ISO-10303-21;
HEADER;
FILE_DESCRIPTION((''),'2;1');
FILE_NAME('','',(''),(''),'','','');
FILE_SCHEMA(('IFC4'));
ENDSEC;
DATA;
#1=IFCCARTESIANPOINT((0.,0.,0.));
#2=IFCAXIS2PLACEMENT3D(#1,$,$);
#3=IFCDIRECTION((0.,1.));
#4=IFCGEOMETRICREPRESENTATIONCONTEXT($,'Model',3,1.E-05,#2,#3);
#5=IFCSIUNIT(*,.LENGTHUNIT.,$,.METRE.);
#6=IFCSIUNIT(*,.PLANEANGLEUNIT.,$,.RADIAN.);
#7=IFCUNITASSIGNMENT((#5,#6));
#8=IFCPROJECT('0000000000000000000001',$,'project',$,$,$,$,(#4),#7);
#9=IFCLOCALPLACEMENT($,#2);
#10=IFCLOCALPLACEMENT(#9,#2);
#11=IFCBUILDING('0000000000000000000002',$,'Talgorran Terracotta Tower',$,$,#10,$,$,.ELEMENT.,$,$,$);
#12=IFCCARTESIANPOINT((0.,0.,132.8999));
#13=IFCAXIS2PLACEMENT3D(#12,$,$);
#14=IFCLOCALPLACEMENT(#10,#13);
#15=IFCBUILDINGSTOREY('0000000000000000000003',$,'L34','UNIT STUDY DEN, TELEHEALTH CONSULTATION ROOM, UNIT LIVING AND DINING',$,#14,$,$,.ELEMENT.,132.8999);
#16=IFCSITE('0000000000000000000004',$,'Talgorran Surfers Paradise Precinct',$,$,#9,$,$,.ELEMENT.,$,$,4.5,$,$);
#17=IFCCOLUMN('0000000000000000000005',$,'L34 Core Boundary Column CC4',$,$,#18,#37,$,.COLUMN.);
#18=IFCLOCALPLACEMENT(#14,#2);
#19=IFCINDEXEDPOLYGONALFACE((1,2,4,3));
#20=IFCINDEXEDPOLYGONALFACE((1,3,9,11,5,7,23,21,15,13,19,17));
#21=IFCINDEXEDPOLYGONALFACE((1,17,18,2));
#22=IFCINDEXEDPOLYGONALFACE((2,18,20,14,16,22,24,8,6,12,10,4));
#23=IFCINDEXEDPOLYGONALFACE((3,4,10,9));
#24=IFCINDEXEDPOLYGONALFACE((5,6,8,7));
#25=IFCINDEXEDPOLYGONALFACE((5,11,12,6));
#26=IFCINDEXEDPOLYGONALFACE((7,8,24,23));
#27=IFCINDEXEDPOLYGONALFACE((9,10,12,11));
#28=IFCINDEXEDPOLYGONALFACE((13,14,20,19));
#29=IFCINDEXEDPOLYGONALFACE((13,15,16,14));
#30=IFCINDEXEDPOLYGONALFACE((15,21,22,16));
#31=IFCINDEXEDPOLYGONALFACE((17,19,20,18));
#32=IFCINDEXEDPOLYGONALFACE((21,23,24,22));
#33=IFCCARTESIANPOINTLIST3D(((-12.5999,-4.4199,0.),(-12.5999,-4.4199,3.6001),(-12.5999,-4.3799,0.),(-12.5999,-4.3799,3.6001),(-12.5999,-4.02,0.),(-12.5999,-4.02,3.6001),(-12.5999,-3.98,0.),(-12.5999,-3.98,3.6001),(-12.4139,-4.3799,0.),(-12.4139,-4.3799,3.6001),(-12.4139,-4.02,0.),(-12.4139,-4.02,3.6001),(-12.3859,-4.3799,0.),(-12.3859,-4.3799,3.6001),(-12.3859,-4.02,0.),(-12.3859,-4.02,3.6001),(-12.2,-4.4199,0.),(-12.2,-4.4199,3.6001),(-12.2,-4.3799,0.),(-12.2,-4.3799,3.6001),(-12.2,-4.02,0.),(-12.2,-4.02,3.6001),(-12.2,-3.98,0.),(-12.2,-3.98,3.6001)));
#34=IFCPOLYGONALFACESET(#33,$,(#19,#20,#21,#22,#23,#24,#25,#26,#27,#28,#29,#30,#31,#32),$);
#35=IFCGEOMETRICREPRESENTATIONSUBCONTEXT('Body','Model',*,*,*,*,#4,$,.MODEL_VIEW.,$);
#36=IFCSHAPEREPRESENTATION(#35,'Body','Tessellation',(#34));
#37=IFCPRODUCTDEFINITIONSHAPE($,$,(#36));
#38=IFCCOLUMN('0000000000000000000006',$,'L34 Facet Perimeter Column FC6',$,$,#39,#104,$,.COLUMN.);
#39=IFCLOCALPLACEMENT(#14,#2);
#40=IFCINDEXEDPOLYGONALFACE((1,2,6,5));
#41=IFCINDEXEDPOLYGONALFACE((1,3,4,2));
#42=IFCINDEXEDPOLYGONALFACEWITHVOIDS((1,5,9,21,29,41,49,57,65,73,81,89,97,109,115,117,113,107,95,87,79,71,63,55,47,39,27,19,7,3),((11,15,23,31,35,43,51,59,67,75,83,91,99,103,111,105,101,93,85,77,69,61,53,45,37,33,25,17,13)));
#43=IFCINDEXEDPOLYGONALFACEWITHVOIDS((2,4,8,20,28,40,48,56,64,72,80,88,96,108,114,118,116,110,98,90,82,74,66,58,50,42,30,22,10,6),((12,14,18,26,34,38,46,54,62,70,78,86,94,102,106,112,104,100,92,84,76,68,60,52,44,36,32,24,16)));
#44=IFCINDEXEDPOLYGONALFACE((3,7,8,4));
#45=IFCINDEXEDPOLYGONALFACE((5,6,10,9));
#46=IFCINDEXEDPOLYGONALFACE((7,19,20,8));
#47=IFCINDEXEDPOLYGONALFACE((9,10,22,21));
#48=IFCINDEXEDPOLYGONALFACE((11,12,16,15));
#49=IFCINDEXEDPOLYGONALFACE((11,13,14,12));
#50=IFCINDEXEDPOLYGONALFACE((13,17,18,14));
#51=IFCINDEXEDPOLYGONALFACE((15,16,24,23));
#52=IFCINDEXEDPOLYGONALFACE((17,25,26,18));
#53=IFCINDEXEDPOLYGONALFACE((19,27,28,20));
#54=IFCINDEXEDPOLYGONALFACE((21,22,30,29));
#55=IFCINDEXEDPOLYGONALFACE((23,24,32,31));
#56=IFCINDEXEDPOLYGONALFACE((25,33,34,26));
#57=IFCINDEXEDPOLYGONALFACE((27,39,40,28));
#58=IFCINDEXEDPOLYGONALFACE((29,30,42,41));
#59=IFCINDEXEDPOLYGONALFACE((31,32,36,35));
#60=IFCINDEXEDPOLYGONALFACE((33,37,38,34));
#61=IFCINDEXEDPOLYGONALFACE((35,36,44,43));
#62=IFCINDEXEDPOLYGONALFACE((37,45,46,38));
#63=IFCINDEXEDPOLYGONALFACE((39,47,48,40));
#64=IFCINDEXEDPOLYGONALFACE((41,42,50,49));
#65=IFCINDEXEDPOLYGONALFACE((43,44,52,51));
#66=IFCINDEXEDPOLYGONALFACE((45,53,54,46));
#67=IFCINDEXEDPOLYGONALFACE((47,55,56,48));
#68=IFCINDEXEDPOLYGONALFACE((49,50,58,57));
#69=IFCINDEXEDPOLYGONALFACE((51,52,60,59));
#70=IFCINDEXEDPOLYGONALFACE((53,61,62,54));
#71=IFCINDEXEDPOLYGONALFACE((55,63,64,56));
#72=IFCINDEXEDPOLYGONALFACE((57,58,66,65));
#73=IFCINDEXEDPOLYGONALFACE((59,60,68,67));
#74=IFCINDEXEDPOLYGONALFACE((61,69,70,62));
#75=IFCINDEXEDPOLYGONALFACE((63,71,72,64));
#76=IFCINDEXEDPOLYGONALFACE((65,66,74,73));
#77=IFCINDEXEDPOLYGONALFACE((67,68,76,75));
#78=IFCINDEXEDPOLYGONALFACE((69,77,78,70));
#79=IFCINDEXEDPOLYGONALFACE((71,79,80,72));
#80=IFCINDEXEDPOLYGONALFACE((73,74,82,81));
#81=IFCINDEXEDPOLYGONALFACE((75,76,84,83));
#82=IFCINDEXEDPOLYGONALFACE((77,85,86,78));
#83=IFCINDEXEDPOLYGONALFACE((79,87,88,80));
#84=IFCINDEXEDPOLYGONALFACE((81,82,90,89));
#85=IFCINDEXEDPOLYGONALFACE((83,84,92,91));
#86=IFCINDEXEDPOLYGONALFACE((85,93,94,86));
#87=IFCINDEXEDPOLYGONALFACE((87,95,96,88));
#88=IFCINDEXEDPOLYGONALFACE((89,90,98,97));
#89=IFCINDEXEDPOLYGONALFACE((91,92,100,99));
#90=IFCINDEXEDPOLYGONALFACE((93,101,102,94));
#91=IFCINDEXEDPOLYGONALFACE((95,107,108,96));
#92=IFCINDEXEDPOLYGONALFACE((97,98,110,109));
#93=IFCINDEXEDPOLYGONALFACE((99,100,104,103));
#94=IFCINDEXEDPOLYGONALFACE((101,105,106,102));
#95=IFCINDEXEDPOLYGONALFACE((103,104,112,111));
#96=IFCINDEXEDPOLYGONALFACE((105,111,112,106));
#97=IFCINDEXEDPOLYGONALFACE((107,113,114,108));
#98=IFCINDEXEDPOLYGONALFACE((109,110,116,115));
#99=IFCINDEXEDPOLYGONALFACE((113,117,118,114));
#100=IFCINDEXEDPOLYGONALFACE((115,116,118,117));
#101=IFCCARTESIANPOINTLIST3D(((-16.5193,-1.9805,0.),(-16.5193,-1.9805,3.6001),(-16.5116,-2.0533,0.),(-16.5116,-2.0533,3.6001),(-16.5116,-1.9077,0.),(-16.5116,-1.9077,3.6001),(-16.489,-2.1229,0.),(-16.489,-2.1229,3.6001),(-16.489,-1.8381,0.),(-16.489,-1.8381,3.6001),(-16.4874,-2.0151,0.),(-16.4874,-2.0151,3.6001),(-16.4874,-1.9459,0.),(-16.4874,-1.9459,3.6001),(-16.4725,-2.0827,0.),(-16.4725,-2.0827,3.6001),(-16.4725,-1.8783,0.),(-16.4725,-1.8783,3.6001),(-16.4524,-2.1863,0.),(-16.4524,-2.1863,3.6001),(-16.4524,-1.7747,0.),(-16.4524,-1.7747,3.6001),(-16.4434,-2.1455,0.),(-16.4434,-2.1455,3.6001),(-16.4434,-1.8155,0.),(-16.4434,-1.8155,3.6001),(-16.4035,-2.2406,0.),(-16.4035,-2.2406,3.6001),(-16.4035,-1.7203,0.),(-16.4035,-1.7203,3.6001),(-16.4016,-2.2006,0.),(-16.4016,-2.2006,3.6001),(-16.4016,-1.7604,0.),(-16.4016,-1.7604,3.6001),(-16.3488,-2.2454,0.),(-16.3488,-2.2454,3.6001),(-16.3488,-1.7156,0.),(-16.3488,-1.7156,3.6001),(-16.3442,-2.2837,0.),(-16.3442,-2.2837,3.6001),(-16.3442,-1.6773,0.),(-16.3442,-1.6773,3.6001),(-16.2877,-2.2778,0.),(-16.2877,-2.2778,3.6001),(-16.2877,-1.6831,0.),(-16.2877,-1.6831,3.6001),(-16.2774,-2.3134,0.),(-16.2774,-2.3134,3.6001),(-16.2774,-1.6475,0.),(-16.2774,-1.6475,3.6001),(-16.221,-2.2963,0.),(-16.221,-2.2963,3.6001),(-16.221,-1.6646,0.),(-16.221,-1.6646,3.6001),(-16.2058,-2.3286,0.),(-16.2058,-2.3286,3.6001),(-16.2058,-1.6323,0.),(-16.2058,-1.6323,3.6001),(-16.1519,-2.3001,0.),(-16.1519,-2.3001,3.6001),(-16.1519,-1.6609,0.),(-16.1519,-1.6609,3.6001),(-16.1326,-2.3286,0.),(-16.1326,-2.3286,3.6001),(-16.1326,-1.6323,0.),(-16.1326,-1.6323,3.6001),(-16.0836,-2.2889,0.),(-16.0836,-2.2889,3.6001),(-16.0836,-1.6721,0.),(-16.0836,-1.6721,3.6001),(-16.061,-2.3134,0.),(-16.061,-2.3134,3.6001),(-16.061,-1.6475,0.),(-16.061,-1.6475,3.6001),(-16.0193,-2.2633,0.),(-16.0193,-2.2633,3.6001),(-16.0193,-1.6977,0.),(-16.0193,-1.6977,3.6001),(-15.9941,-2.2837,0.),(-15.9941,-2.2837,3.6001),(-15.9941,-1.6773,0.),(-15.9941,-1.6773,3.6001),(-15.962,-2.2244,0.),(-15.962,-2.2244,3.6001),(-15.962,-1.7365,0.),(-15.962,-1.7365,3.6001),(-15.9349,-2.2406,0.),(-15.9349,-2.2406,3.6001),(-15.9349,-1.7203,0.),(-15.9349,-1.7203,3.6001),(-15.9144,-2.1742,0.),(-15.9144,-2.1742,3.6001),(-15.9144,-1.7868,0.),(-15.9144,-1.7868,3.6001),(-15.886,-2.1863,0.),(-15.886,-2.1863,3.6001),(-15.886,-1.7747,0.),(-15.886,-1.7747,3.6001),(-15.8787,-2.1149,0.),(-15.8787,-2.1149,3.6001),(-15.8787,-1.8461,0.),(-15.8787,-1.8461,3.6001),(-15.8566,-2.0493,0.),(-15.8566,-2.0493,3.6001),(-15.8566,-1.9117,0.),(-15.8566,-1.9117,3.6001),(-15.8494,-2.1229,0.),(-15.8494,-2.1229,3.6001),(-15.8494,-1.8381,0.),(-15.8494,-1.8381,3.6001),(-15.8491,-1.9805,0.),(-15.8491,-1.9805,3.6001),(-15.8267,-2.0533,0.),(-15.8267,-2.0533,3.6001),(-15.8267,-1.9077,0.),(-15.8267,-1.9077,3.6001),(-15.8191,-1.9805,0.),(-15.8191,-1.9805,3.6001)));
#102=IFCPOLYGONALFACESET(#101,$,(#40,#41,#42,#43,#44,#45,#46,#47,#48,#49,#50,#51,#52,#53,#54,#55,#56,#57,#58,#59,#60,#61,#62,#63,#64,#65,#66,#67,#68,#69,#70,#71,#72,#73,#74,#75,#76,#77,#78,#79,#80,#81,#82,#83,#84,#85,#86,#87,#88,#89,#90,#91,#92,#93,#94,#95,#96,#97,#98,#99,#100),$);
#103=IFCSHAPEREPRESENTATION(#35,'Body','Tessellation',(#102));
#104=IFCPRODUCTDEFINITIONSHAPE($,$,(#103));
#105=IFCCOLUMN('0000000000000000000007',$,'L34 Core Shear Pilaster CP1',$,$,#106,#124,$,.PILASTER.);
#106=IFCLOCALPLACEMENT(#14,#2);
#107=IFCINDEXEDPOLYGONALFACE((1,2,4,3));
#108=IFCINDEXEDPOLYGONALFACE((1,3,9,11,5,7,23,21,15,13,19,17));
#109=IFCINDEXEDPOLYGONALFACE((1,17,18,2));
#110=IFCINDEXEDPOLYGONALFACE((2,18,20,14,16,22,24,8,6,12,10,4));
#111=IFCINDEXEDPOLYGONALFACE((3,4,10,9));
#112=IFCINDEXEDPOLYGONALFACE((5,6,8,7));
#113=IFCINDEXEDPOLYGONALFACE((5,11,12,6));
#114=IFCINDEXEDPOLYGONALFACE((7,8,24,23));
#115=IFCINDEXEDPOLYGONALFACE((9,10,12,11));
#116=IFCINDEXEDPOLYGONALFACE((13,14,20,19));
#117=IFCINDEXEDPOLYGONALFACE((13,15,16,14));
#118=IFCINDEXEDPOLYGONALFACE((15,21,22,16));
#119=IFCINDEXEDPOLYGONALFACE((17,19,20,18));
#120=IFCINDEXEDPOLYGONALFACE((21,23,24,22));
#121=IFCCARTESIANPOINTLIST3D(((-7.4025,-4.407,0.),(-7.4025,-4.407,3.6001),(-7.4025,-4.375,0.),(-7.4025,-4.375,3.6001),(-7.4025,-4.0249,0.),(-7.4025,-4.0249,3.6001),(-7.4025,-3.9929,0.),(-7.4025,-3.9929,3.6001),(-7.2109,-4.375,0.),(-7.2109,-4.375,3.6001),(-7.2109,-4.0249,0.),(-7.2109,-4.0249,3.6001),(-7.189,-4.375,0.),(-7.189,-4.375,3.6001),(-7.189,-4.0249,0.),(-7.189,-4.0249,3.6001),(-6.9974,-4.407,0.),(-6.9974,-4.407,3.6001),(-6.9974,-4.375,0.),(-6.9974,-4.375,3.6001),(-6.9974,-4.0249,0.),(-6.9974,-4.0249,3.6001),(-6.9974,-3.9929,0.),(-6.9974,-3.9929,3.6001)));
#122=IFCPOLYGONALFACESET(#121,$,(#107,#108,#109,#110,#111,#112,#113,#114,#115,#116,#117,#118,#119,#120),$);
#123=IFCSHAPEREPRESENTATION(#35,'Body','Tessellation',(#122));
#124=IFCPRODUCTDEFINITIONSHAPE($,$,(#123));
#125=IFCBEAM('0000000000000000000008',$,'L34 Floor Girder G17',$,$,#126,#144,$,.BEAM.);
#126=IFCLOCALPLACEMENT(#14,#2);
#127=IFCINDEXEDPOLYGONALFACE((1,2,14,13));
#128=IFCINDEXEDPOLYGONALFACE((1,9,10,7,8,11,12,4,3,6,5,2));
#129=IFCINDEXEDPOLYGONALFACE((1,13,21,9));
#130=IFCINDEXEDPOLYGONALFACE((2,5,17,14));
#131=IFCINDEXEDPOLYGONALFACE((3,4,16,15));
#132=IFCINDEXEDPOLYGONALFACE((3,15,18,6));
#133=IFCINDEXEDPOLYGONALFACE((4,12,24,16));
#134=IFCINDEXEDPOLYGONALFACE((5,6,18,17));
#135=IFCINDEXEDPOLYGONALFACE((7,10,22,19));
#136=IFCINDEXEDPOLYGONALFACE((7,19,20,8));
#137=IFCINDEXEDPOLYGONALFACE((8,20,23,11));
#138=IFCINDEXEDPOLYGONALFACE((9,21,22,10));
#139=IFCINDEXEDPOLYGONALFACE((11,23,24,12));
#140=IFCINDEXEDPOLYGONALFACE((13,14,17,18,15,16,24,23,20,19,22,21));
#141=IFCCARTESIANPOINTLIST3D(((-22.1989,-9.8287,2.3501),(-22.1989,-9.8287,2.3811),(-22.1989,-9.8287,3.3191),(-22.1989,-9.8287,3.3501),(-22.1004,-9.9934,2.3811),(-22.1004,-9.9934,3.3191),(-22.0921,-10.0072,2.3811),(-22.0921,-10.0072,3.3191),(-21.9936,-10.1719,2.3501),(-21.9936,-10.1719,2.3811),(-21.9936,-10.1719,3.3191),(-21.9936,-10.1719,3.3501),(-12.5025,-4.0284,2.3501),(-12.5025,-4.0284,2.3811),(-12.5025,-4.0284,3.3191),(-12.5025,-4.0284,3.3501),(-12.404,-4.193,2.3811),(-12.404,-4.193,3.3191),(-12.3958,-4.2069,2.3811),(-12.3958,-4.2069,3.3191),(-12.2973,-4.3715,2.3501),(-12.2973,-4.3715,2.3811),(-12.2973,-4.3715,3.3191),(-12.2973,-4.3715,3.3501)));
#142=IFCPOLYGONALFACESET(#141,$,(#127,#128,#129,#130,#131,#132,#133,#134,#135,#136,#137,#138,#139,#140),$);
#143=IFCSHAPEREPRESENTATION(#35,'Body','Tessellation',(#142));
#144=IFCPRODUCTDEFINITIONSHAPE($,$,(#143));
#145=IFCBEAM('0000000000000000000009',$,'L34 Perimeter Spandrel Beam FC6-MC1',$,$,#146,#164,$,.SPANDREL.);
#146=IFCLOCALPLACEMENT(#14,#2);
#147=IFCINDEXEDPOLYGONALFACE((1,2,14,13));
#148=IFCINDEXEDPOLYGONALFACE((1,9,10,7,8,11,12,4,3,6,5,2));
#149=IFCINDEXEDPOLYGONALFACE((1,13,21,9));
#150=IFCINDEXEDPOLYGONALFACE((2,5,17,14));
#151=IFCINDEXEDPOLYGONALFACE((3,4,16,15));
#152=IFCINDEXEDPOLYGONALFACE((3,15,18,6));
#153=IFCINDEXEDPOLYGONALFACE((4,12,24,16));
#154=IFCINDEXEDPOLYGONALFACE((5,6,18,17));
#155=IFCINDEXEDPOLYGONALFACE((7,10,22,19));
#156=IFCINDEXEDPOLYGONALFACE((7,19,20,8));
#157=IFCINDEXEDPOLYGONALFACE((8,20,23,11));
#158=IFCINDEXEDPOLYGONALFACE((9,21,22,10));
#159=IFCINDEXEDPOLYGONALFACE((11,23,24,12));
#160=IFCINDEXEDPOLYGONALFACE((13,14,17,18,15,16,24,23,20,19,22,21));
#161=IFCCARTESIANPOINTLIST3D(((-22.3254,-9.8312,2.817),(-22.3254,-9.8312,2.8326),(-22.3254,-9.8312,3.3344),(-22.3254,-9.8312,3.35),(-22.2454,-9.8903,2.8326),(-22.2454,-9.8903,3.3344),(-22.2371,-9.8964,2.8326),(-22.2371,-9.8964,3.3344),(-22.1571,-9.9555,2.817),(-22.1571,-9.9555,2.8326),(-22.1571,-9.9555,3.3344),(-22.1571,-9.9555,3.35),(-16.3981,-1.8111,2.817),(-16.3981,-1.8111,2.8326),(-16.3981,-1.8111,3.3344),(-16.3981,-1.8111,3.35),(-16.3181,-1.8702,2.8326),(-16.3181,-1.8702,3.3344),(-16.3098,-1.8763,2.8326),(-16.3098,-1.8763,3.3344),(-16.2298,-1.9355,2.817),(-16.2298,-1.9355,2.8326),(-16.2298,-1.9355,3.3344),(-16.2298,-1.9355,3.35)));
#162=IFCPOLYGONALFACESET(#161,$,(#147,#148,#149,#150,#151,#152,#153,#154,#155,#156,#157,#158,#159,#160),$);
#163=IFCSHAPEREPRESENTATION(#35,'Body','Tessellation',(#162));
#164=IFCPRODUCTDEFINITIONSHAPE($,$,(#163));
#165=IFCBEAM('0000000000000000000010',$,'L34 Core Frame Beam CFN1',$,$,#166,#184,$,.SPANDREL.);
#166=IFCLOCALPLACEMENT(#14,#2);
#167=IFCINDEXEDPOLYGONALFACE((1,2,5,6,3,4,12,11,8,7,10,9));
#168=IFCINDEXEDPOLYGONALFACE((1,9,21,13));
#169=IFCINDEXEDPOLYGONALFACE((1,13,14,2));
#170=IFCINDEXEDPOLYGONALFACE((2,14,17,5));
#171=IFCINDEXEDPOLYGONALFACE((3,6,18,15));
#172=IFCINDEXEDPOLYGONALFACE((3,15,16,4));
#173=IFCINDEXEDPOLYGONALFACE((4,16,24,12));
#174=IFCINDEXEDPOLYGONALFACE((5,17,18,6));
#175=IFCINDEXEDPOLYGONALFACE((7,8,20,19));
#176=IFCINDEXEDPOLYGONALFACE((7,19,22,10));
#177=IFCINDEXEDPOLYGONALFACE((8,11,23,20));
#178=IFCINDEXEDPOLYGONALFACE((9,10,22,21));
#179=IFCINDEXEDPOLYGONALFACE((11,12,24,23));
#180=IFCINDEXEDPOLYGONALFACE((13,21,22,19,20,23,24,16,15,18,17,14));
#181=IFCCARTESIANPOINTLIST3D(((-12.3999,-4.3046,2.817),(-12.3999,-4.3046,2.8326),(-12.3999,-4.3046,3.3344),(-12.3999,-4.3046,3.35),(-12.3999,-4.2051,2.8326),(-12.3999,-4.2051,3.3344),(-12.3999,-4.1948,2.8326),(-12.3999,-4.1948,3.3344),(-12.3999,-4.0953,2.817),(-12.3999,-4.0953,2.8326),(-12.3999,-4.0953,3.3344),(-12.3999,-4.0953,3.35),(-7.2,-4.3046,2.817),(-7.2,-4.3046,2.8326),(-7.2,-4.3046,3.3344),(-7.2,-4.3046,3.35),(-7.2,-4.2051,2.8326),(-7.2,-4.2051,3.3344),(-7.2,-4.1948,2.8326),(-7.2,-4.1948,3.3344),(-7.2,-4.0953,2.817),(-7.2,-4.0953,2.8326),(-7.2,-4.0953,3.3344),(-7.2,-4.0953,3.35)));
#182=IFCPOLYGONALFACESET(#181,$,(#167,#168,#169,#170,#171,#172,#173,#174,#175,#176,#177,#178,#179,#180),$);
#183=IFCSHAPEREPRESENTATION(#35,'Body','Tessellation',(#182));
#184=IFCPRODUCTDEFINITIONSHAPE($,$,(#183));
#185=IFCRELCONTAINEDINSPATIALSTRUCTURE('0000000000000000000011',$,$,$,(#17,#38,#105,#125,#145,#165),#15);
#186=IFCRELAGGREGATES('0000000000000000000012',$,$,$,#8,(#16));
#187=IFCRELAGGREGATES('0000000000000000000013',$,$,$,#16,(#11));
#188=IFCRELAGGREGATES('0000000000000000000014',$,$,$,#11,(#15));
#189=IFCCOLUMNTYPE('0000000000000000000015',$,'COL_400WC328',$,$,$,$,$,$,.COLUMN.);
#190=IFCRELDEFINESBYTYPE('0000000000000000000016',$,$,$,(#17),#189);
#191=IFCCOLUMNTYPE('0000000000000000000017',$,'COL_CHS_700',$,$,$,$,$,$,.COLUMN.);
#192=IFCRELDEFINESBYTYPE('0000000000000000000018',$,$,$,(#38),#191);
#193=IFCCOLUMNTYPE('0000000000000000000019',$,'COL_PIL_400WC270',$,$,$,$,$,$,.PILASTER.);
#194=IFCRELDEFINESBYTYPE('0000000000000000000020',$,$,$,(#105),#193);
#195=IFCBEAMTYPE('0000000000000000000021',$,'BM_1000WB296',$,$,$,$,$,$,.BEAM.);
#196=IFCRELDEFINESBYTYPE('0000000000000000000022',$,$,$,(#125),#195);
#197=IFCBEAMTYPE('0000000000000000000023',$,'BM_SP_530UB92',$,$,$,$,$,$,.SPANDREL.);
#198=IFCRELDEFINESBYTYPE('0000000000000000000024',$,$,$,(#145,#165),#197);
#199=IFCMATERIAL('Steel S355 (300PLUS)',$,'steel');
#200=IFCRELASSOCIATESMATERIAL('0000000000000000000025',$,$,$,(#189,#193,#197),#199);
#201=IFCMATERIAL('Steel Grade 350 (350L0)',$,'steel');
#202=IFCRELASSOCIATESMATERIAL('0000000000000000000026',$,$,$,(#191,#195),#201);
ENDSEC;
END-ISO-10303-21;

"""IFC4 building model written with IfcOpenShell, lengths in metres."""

from ifc_helpers import new_model, si_unit, direction, frame, origin, origin_2d, place, context, subcontext, project, spatial, hollow_circle, i_section, extrude, material, material_profile, profile_set, type_object, element, save


model = new_model("IFC4")

# Units and contexts
model_context = context("Model", 3, precision=1e-05, world=origin(), true_north=direction((0.0, 1.0)))
body_context = subcontext(model_context, "Body", "Model", "MODEL_VIEW")
ifc_project = project(units=[si_unit("LENGTHUNIT", "METRE"), si_unit("PLANEANGLEUNIT", "RADIAN")], contexts=[model_context])

# Site, building, storey
site_placement = place(None, origin())
site = spatial("IfcSite", under=ifc_project, at=site_placement, Name="Talgorran Surfers Paradise Precinct", CompositionType="ELEMENT", RefElevation=4.5)
building_placement = place(site_placement, origin())
building = spatial("IfcBuilding", under=site, at=building_placement, Name="Talgorran Terracotta Tower", CompositionType="ELEMENT")
storey_placement = place(building_placement, frame((0.0, 0.0, 132.8999)))
storey = spatial("IfcBuildingStorey", under=building, at=storey_placement, Name="L34", Description="UNIT STUDY DEN, TELEHEALTH CONSULTATION ROOM, UNIT LIVING AND DINING", CompositionType="ELEMENT", Elevation=132.8999)

# Columns
ifc_material_1 = material(Name="Steel S355 (300PLUS)", Category="steel")
ifc_material_profile_1 = material_profile(ifc_material_1, i_section(OverallWidth=0.3999, OverallDepth=0.4399, WebThickness=0.0281, FlangeThickness=0.04, at=origin_2d()), Name="400WC328")
ifc_profile_set_1 = profile_set([ifc_material_profile_1], Name="Steel S355 (300PLUS)")
column_type_1 = type_object("IfcColumnType", Name="COL_400WC328", PredefinedType="COLUMN", material=ifc_profile_set_1)
column_1_placement = place(storey_placement, frame((-12.3999, -4.2, 0.0), z_axis=(0.0, 0.0, 1.0), x_axis=(1.0, 0.0, 0.0)))
element("IfcColumn", 1, at=column_1_placement, inside=storey, type_object=column_type_1, Name="L34 Core Boundary Column CC4", PredefinedType="COLUMN", context=body_context, shape_type="SweptSolid", body=[
    extrude(i_section(OverallWidth=0.3999, OverallDepth=0.4399, WebThickness=0.0281, FlangeThickness=0.04, at=origin_2d()), origin(), (0.0, 0.0, 1.0), 3.6001),
])
ifc_material_2 = material(Name="Steel Grade 350 (350L0)", Category="steel")
ifc_material_profile_2 = material_profile(ifc_material_2, hollow_circle(Radius=0.3501, WallThickness=0.03, at=origin_2d()), Name="CHS700X30")
ifc_profile_set_2 = profile_set([ifc_material_profile_2], Name="Steel Grade 350 (350L0)")
column_type_2 = type_object("IfcColumnType", Name="COL_CHS_700", PredefinedType="COLUMN", material=ifc_profile_set_2)
column_2_placement = place(storey_placement, frame((-16.1692, -1.9805, 0.0), z_axis=(0.0, 0.0, 1.0), x_axis=(1.0, 0.0, 0.0)))
element("IfcColumn", 2, at=column_2_placement, inside=storey, type_object=column_type_2, Name="L34 Facet Perimeter Column FC6", PredefinedType="COLUMN", context=body_context, shape_type="SweptSolid", body=[
    extrude(hollow_circle(Radius=0.3501, WallThickness=0.03, at=origin_2d()), origin(), (0.0, 0.0, 1.0), 3.6001),
])
ifc_material_profile_3 = material_profile(ifc_material_1, i_section(OverallWidth=0.405, OverallDepth=0.4141, WebThickness=0.022, FlangeThickness=0.032, at=origin_2d()), Name="400WC270")
ifc_profile_set_3 = profile_set([ifc_material_profile_3], Name="Steel S355 (300PLUS)")
column_type_3 = type_object("IfcColumnType", Name="COL_PIL_400WC270", PredefinedType="PILASTER", material=ifc_profile_set_3)
column_3_placement = place(storey_placement, frame((-7.2, -4.2, 0.0), z_axis=(0.0, 0.0, 1.0), x_axis=(1.0, 0.0, 0.0)))
element("IfcColumn", 3, at=column_3_placement, inside=storey, type_object=column_type_3, Name="L34 Core Shear Pilaster CP1", PredefinedType="PILASTER", context=body_context, shape_type="SweptSolid", body=[
    extrude(i_section(OverallWidth=0.405, OverallDepth=0.4141, WebThickness=0.022, FlangeThickness=0.032, at=origin_2d()), origin(), (0.0, 0.0, 1.0), 3.6001),
])

# Beams
ifc_material_profile_4 = material_profile(ifc_material_2, i_section(OverallWidth=0.3999, OverallDepth=1.0, WebThickness=0.0161, FlangeThickness=0.031, at=origin_2d()), Name="1000WB296")
ifc_profile_set_4 = profile_set([ifc_material_profile_4], Name="Steel Grade 350 (350L0)")
beam_type_1 = type_object("IfcBeamType", Name="BM_1000WB296", PredefinedType="BEAM", material=ifc_profile_set_4)
beam_1_placement = place(storey_placement, frame((-12.3999, -4.2, 2.8501), z_axis=(-0.858175, -0.513358, 0.0), x_axis=(0.513358, -0.858175, 0.0)))
element("IfcBeam", 4, at=beam_1_placement, inside=storey, type_object=beam_type_1, Name="L34 Floor Girder G17", PredefinedType="BEAM", context=body_context, shape_type="SweptSolid", body=[
    extrude(i_section(OverallWidth=0.3999, OverallDepth=1.0, WebThickness=0.0161, FlangeThickness=0.031, at=origin_2d()), origin(), (0.0, 0.0, 1.0), 11.2988),
])
ifc_material_profile_5 = material_profile(ifc_material_1, i_section(OverallWidth=0.2092, OverallDepth=0.533, WebThickness=0.0103, FlangeThickness=0.0156, at=origin_2d()), Name="530UB92.4")
ifc_profile_set_5 = profile_set([ifc_material_profile_5], Name="Steel S355 (300PLUS)")
beam_type_2 = type_object("IfcBeamType", Name="BM_SP_530UB92", PredefinedType="SPANDREL", material=ifc_profile_set_5)
beam_2_placement = place(storey_placement, frame((-16.314, -1.8733, 3.0835), z_axis=(-0.594353, -0.804205, 0.0), x_axis=(0.804205, -0.594353, 0.0)))
element("IfcBeam", 5, at=beam_2_placement, inside=storey, type_object=beam_type_2, Name="L34 Perimeter Spandrel Beam FC6-MC1", PredefinedType="SPANDREL", context=body_context, shape_type="SweptSolid", body=[
    extrude(i_section(OverallWidth=0.2092, OverallDepth=0.533, WebThickness=0.0103, FlangeThickness=0.0156, at=origin_2d()), origin(), (0.0, 0.0, 1.0), 9.9727),
])
beam_3_placement = place(storey_placement, frame((-12.3999, -4.2, 3.0835), z_axis=(1.0, 0.0, 0.0), x_axis=(0.0, 1.0, 0.0)))
element("IfcBeam", 6, at=beam_3_placement, inside=storey, type_object=beam_type_2, Name="L34 Core Frame Beam CFN1", PredefinedType="SPANDREL", context=body_context, shape_type="SweptSolid", body=[
    extrude(i_section(OverallWidth=0.2092, OverallDepth=0.533, WebThickness=0.0103, FlangeThickness=0.0156, at=origin_2d()), origin(), (0.0, 0.0, 1.0), 5.2),
])

save(model, "model.ifc")
